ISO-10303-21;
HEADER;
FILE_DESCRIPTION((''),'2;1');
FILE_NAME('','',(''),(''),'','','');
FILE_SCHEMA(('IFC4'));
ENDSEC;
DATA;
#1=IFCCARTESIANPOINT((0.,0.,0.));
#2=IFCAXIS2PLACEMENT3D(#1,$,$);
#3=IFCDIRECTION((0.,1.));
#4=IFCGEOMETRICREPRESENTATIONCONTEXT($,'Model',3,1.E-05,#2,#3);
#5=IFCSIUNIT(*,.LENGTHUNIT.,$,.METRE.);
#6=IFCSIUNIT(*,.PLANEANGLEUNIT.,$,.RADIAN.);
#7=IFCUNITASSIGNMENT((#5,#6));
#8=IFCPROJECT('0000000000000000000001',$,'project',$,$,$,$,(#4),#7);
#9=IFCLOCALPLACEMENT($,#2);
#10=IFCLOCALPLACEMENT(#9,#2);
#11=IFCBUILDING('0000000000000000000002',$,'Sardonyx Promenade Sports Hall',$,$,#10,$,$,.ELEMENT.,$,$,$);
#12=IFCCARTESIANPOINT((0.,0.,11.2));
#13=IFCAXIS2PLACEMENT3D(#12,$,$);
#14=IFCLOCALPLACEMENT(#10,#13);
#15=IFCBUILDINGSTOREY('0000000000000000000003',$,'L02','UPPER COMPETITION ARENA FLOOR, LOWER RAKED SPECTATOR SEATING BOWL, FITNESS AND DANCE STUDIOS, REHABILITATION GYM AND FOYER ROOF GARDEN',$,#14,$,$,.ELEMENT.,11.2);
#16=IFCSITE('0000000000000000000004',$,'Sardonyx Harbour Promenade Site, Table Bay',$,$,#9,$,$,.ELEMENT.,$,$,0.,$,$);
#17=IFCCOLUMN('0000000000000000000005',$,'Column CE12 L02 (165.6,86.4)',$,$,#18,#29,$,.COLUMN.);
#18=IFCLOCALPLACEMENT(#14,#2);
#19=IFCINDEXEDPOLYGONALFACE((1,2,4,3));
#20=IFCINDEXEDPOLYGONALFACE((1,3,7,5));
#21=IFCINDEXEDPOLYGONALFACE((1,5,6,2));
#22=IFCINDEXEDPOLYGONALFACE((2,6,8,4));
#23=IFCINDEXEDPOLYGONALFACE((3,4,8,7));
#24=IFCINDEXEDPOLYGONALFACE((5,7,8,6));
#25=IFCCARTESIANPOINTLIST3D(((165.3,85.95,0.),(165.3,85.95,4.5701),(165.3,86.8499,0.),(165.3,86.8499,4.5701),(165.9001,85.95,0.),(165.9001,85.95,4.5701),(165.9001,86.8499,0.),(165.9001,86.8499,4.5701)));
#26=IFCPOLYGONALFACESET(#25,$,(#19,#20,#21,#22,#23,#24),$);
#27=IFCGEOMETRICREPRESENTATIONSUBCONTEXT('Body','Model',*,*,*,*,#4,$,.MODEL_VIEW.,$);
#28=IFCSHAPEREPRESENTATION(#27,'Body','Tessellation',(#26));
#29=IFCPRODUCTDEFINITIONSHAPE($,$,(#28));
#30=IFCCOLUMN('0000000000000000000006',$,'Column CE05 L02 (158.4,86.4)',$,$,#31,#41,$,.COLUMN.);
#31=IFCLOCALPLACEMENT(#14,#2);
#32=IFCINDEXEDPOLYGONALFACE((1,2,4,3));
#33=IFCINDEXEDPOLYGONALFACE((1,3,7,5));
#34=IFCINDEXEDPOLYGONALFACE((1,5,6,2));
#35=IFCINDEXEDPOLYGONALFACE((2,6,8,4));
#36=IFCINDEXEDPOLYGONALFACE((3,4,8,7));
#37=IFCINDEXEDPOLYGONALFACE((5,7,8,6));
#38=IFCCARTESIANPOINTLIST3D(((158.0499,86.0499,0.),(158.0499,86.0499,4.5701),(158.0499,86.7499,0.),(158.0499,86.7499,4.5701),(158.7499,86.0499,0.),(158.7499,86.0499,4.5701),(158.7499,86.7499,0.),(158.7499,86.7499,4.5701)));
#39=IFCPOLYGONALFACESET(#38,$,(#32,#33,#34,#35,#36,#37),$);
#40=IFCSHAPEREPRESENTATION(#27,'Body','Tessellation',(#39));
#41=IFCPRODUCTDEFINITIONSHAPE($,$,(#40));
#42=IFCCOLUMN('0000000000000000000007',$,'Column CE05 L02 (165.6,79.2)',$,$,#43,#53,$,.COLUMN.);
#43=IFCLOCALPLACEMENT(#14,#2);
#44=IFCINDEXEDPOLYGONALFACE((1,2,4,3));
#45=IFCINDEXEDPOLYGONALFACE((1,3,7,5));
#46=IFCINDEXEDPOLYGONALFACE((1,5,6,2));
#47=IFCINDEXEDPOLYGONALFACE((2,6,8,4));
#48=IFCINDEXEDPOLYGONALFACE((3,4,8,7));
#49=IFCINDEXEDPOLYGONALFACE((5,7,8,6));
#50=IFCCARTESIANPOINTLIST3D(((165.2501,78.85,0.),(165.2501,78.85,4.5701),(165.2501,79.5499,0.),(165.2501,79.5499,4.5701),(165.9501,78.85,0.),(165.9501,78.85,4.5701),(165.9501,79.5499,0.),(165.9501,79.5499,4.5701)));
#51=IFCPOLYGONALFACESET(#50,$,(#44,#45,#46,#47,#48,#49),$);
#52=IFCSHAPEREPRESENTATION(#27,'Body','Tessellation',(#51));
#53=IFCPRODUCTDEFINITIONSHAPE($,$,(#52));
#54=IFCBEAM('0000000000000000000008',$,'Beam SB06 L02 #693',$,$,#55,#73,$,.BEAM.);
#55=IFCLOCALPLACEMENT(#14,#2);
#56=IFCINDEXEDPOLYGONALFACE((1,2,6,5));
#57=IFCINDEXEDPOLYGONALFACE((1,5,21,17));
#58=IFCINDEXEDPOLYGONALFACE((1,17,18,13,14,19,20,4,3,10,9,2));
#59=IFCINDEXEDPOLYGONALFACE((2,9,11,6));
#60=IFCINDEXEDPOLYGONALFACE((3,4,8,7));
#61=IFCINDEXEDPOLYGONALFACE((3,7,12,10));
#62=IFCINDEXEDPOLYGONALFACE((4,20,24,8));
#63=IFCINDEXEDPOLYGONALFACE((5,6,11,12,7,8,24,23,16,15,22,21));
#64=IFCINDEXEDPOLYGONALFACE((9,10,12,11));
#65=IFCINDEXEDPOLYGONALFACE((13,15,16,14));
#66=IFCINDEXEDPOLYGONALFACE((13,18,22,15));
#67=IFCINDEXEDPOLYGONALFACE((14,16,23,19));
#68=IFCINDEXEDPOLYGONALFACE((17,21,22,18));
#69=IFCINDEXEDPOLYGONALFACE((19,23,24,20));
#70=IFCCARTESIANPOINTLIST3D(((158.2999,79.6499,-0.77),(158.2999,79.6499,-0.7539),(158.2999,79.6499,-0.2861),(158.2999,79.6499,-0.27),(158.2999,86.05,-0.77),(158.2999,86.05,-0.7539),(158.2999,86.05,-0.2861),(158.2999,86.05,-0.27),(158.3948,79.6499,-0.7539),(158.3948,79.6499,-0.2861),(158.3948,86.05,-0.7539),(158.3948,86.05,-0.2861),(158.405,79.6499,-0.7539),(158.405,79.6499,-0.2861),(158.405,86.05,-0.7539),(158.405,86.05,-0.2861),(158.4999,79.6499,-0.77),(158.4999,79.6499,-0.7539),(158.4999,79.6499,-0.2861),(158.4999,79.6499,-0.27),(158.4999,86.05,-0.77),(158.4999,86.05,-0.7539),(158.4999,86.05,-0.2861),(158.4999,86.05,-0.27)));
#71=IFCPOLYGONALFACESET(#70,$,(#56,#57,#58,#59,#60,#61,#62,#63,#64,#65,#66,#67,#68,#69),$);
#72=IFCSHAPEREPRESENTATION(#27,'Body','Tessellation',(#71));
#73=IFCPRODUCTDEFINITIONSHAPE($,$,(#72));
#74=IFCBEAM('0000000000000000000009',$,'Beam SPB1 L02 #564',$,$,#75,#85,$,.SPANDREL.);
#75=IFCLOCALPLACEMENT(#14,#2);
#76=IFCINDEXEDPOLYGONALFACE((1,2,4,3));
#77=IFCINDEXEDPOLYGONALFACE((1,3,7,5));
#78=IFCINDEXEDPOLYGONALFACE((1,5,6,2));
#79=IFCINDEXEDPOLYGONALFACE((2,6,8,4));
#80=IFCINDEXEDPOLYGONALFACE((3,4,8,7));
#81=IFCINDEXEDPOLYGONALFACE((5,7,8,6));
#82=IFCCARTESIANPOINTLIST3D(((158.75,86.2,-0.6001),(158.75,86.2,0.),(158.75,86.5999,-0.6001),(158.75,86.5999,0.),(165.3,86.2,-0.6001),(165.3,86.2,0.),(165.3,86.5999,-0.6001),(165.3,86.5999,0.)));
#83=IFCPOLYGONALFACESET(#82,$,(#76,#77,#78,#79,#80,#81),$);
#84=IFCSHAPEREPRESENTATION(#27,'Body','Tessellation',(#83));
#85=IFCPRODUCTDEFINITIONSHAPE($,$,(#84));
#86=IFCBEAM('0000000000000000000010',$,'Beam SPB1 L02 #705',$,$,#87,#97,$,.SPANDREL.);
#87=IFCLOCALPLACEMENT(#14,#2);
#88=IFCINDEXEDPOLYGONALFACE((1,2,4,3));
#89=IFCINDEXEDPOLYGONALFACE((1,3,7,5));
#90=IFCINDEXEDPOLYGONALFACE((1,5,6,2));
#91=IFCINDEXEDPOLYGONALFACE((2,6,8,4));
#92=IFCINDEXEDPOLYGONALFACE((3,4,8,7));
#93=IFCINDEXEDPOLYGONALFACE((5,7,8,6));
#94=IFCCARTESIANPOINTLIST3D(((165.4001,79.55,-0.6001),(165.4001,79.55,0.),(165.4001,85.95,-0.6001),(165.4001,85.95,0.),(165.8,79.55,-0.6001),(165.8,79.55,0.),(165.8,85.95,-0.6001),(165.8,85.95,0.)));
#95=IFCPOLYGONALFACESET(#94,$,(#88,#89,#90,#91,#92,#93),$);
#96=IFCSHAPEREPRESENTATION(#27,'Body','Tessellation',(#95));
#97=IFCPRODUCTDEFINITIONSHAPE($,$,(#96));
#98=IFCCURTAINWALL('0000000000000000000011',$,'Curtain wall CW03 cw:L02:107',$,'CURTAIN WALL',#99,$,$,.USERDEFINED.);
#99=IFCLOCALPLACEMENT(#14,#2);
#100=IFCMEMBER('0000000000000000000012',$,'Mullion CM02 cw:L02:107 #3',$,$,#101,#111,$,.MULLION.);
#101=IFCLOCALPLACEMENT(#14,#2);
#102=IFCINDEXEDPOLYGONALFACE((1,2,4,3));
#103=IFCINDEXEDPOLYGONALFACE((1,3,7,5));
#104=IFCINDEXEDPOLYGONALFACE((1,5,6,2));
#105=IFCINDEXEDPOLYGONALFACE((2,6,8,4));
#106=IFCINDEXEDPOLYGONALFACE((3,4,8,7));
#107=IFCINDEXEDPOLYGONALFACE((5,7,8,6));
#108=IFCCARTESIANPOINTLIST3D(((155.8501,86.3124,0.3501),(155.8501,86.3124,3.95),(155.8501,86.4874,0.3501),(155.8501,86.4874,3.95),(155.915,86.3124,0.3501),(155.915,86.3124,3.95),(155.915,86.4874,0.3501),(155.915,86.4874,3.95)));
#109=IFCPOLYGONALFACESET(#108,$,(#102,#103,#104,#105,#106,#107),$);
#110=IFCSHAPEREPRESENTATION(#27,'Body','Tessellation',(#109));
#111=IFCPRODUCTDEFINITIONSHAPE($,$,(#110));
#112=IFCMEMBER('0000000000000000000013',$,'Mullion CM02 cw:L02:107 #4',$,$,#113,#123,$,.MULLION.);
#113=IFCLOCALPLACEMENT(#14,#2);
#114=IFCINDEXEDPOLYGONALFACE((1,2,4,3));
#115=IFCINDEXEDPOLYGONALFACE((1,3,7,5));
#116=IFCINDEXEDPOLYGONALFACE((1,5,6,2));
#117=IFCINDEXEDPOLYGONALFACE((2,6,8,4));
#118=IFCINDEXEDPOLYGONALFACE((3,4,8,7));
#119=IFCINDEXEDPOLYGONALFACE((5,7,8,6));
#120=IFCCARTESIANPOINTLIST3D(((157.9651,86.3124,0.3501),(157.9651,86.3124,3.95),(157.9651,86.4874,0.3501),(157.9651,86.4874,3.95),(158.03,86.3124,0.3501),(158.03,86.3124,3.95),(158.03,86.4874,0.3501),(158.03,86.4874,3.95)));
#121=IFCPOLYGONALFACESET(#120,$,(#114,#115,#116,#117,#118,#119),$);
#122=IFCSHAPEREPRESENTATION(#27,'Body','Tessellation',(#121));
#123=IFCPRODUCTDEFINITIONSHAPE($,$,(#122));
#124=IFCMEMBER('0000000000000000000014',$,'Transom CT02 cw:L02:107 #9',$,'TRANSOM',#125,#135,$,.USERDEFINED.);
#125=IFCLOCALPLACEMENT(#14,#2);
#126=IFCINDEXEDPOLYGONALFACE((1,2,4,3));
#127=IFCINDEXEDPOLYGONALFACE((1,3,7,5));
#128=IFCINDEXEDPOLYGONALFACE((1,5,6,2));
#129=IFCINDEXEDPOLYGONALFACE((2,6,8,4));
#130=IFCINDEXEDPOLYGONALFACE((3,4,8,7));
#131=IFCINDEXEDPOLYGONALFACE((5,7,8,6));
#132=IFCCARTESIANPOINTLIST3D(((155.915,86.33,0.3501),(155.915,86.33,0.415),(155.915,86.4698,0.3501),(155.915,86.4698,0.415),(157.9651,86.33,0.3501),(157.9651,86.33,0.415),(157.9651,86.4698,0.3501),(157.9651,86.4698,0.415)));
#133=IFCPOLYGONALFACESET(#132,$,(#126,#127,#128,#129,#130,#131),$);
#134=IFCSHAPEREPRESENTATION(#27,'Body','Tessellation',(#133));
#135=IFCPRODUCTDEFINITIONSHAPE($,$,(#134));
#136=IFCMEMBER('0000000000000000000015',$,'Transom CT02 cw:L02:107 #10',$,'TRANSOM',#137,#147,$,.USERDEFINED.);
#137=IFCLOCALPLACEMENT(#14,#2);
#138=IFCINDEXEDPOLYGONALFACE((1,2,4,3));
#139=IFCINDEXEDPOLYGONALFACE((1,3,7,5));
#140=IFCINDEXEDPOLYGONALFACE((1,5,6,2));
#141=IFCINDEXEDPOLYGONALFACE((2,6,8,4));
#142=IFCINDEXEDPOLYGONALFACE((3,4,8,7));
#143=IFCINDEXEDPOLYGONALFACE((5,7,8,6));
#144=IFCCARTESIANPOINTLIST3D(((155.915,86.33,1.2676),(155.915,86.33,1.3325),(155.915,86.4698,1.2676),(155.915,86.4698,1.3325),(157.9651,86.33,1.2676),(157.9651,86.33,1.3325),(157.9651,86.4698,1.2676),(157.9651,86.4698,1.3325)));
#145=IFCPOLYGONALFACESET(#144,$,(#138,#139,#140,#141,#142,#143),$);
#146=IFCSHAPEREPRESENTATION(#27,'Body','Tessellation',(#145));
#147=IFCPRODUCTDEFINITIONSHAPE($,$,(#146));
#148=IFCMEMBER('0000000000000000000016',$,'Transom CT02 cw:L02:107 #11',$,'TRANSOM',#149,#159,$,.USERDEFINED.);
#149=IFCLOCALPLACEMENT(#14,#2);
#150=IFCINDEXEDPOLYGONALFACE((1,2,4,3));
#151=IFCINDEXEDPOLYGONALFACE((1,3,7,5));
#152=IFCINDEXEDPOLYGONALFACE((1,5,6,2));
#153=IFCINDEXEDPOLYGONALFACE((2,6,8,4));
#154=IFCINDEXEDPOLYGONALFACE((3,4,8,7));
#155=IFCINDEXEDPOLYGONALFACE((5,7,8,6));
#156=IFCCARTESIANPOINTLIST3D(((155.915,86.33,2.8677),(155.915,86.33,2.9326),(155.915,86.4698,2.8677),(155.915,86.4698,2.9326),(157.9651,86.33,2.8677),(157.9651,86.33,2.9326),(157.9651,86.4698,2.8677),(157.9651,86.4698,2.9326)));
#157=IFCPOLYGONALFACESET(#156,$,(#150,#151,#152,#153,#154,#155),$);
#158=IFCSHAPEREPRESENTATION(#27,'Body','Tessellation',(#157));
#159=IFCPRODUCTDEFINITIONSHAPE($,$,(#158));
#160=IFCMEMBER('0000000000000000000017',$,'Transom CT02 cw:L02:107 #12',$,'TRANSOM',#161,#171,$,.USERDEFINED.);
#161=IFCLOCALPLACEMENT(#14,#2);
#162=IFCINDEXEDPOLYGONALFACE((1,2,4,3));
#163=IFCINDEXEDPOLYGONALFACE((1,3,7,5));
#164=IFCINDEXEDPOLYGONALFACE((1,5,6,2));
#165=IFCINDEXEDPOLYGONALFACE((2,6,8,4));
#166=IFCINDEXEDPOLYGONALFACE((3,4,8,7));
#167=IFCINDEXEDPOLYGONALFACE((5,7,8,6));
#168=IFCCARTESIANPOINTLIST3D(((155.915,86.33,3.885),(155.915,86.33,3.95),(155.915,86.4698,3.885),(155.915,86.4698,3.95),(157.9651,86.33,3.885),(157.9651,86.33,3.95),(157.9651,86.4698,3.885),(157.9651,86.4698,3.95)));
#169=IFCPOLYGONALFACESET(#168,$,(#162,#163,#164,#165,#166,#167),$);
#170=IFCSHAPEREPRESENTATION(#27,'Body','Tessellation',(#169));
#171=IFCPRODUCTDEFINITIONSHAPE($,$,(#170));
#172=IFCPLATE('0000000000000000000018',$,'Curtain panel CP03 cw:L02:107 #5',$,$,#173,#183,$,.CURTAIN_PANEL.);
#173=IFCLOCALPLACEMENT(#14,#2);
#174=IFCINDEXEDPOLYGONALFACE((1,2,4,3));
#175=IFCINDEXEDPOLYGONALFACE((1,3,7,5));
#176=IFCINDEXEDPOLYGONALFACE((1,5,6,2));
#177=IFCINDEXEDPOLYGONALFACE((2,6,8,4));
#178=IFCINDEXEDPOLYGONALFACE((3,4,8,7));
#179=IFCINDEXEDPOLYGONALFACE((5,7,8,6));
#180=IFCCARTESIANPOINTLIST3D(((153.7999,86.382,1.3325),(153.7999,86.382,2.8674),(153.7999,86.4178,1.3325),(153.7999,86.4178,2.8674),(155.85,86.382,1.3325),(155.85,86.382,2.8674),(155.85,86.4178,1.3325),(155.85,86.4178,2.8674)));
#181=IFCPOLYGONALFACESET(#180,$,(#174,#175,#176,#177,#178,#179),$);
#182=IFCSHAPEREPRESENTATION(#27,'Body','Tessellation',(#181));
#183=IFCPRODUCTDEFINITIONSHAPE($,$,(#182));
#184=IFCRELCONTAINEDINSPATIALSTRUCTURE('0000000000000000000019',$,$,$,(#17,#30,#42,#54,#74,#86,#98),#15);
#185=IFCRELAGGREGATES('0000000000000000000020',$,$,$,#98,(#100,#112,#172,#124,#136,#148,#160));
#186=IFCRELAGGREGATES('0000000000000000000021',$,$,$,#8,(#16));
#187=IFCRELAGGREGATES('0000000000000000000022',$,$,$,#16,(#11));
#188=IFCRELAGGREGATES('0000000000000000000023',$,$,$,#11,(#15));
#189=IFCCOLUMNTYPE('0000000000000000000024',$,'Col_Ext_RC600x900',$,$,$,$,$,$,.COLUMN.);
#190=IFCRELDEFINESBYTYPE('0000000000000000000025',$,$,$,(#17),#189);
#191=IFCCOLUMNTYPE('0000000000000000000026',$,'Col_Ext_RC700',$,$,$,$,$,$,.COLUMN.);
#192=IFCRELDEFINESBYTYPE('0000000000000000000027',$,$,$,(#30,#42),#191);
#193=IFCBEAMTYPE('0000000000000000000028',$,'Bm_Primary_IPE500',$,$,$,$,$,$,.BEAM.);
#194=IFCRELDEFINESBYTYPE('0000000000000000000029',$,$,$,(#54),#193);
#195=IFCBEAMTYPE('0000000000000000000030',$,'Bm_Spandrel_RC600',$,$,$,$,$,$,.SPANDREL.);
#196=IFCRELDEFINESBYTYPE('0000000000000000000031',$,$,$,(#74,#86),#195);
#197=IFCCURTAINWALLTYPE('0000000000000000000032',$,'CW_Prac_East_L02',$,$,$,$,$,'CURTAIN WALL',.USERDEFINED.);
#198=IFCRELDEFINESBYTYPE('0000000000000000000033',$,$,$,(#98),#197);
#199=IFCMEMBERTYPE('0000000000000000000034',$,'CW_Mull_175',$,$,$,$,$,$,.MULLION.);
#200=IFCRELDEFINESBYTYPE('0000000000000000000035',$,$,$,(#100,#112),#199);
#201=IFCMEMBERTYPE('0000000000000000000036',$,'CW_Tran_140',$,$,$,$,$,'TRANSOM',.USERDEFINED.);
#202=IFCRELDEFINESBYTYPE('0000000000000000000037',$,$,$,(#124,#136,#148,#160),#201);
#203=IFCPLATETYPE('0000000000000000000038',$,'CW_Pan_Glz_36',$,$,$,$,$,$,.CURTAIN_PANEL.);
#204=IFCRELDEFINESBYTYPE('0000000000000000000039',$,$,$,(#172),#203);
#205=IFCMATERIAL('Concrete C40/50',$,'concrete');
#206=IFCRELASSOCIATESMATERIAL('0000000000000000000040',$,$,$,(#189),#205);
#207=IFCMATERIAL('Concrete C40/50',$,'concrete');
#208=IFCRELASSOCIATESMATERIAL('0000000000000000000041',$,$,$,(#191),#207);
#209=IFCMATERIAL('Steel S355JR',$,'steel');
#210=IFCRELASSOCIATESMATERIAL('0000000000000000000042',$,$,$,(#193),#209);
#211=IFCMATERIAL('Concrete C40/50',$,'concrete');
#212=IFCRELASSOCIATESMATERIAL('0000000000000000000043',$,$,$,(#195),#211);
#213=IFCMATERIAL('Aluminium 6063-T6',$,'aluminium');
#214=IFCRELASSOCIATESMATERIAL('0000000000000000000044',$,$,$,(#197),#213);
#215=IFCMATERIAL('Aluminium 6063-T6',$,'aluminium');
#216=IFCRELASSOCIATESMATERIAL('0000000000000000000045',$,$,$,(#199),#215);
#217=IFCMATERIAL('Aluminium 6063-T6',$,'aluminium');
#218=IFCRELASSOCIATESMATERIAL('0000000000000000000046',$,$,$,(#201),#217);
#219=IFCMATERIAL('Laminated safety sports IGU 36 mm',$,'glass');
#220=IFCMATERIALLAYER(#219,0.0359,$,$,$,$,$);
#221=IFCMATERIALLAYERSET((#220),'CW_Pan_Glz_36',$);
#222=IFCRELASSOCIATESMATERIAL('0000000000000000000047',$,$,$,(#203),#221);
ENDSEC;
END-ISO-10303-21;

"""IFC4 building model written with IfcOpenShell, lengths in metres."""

from ifc_helpers import new_model, si_unit, direction, frame, origin, origin_2d, place, context, subcontext, project, spatial, rectangle, i_section, extrude, material, layer, layer_set, material_profile, profile_set, type_object, element, aggregate, save


model = new_model("IFC4")

# Units and contexts
model_context = context("Model", 3, precision=1e-05, world=origin(), true_north=direction((0.0, 1.0)))
body_context = subcontext(model_context, "Body", "Model", "MODEL_VIEW")
ifc_project = project(units=[si_unit("LENGTHUNIT", "METRE"), si_unit("PLANEANGLEUNIT", "RADIAN")], contexts=[model_context])

# Site, building, storey
site_placement = place(None, origin())
site = spatial("IfcSite", under=ifc_project, at=site_placement, Name="Sardonyx Harbour Promenade Site, Table Bay", CompositionType="ELEMENT", RefElevation=0.0)
building_placement = place(site_placement, origin())
building = spatial("IfcBuilding", under=site, at=building_placement, Name="Sardonyx Promenade Sports Hall", CompositionType="ELEMENT")
storey_placement = place(building_placement, frame((0.0, 0.0, 11.2)))
storey = spatial("IfcBuildingStorey", under=building, at=storey_placement, Name="L02", Description="UPPER COMPETITION ARENA FLOOR, LOWER RAKED SPECTATOR SEATING BOWL, FITNESS AND DANCE STUDIOS, REHABILITATION GYM AND FOYER ROOF GARDEN", CompositionType="ELEMENT", Elevation=11.2)

# Columns
ifc_material_1 = material(Name="Concrete C40/50", Category="concrete")
ifc_material_profile_1 = material_profile(ifc_material_1, rectangle(XDim=0.6001, YDim=0.8999, at=origin_2d()))
ifc_profile_set_1 = profile_set([ifc_material_profile_1], Name="Concrete C40/50")
column_type_1 = type_object("IfcColumnType", Name="Col_Ext_RC600x900", PredefinedType="COLUMN", material=ifc_profile_set_1)
column_placement = place(storey_placement, frame((165.6001, 86.3999, 0.0), z_axis=(0.0, 0.0, 1.0), x_axis=(1.0, 0.0, 0.0)))
element("IfcColumn", 1, at=column_placement, inside=storey, type_object=column_type_1, Name="Column CE12 L02 (165.6,86.4)", PredefinedType="COLUMN", context=body_context, shape_type="SweptSolid", body=[
    extrude(rectangle(XDim=0.6001, YDim=0.8999, at=origin_2d()), origin(), (0.0, 0.0, 1.0), 4.5701),
])
ifc_material_2 = material(Name="Concrete C40/50", Category="concrete")
ifc_material_profile_2 = material_profile(ifc_material_2, rectangle(XDim=0.7, YDim=0.7, at=origin_2d()))
ifc_profile_set_2 = profile_set([ifc_material_profile_2], Name="Concrete C40/50")
column_type_2 = type_object("IfcColumnType", Name="Col_Ext_RC700", PredefinedType="COLUMN", material=ifc_profile_set_2)
for number, where, z_axis, x_axis, name in (
    (2, (158.3999, 86.3999, 0.0), (0.0, 0.0, 1.0), (1.0, 0.0, 0.0), "Column CE05 L02 (158.4,86.4)"),
    (3, (165.6001, 79.2, 0.0), (0.0, 0.0, 1.0), (1.0, 0.0, 0.0), "Column CE05 L02 (165.6,79.2)"),
):
    element("IfcColumn", number, at=place(storey_placement, frame(where, z_axis=z_axis, x_axis=x_axis)), inside=storey, type_object=column_type_2, Name=name, PredefinedType="COLUMN", context=body_context, shape_type="SweptSolid", body=[
        extrude(rectangle(XDim=0.7, YDim=0.7, at=origin_2d()), origin(), (0.0, 0.0, 1.0), 4.5701),
    ])

# Beams
ifc_material_3 = material(Name="Steel S355JR", Category="steel")
ifc_material_profile_3 = material_profile(ifc_material_3, i_section(OverallWidth=0.2, OverallDepth=0.5, WebThickness=0.0103, FlangeThickness=0.0161, at=origin_2d()))
ifc_profile_set_3 = profile_set([ifc_material_profile_3], Name="Steel S355JR")
beam_type_1 = type_object("IfcBeamType", Name="Bm_Primary_IPE500", PredefinedType="BEAM", material=ifc_profile_set_3)
beam_1_placement = place(storey_placement, frame((158.3999, 79.6499, -0.52), z_axis=(0.0, 1.0, 0.0), x_axis=(-1.0, 0.0, 0.0)))
element("IfcBeam", 4, at=beam_1_placement, inside=storey, type_object=beam_type_1, Name="Beam SB06 L02 #693", PredefinedType="BEAM", context=body_context, shape_type="SweptSolid", body=[
    extrude(i_section(OverallWidth=0.2, OverallDepth=0.5, WebThickness=0.0103, FlangeThickness=0.0161, at=origin_2d()), origin(), (0.0, 0.0, 1.0), 6.4001),
])
ifc_material_4 = material(Name="Concrete C40/50", Category="concrete")
ifc_material_profile_4 = material_profile(ifc_material_4, rectangle(XDim=0.3999, YDim=0.6001, at=origin_2d()))
ifc_profile_set_4 = profile_set([ifc_material_profile_4], Name="Concrete C40/50")
beam_type_2 = type_object("IfcBeamType", Name="Bm_Spandrel_RC600", PredefinedType="SPANDREL", material=ifc_profile_set_4)
beam_2_placement = place(storey_placement, frame((158.75, 86.3999, -0.3), z_axis=(1.0, 0.0, 0.0), x_axis=(0.0, 1.0, 0.0)))
element("IfcBeam", 5, at=beam_2_placement, inside=storey, type_object=beam_type_2, Name="Beam SPB1 L02 #564", PredefinedType="SPANDREL", context=body_context, shape_type="SweptSolid", body=[
    extrude(rectangle(XDim=0.3999, YDim=0.6001, at=origin_2d()), origin(), (0.0, 0.0, 1.0), 6.55),
])
beam_3_placement = place(storey_placement, frame((165.6001, 79.55, -0.3), z_axis=(0.0, 1.0, 0.0), x_axis=(-1.0, 0.0, 0.0)))
element("IfcBeam", 6, at=beam_3_placement, inside=storey, type_object=beam_type_2, Name="Beam SPB1 L02 #705", PredefinedType="SPANDREL", context=body_context, shape_type="SweptSolid", body=[
    extrude(rectangle(XDim=0.3999, YDim=0.6001, at=origin_2d()), origin(), (0.0, 0.0, 1.0), 6.3999),
])

# Curtain wall, members, plate
ifc_material_5 = material(Name="Aluminium 6063-T6", Category="aluminium")
curtain_wall_type = type_object("IfcCurtainWallType", Name="CW_Prac_East_L02", ElementType="CURTAIN WALL", PredefinedType="USERDEFINED", material=ifc_material_5)
curtain_wall_placement = place(storey_placement, origin())
curtain_wall = element("IfcCurtainWall", 7, at=curtain_wall_placement, inside=storey, type_object=curtain_wall_type, Name="Curtain wall CW03 cw:L02:107", ObjectType="CURTAIN WALL", PredefinedType="USERDEFINED")
ifc_material_6 = material(Name="Aluminium 6063-T6", Category="aluminium")
ifc_material_profile_5 = material_profile(ifc_material_6, rectangle(XDim=0.0649, YDim=0.175, at=origin_2d()))
ifc_profile_set_5 = profile_set([ifc_material_profile_5], Name="Aluminium 6063-T6")
member_type_1 = type_object("IfcMemberType", Name="CW_Mull_175", PredefinedType="MULLION", material=ifc_profile_set_5)
member_1_placement = place(storey_placement, frame((155.8826, 86.3999, 0.3501), z_axis=(0.0, 0.0, 1.0), x_axis=(1.0, 0.0, 0.0)))
member_1 = element("IfcMember", 8, at=member_1_placement, type_object=member_type_1, Name="Mullion CM02 cw:L02:107 #3", PredefinedType="MULLION", context=body_context, shape_type="SweptSolid", body=[
    extrude(rectangle(XDim=0.0649, YDim=0.175, at=origin_2d()), origin(), (0.0, 0.0, 1.0), 3.5999),
])
member_2_placement = place(storey_placement, frame((157.9976, 86.3999, 0.3501), z_axis=(0.0, 0.0, 1.0), x_axis=(1.0, 0.0, 0.0)))
member_2 = element("IfcMember", 9, at=member_2_placement, type_object=member_type_1, Name="Mullion CM02 cw:L02:107 #4", PredefinedType="MULLION", context=body_context, shape_type="SweptSolid", body=[
    extrude(rectangle(XDim=0.0649, YDim=0.175, at=origin_2d()), origin(), (0.0, 0.0, 1.0), 3.5999),
])
ifc_material_7 = material(Name="Aluminium 6063-T6", Category="aluminium")
ifc_material_profile_6 = material_profile(ifc_material_7, rectangle(XDim=0.0649, YDim=0.1399, at=origin_2d()))
ifc_profile_set_6 = profile_set([ifc_material_profile_6], Name="Aluminium 6063-T6")
member_type_2 = type_object("IfcMemberType", Name="CW_Tran_140", ElementType="TRANSOM", PredefinedType="USERDEFINED", material=ifc_profile_set_6)
member_3_placement = place(storey_placement, frame((155.915, 86.3999, 0.3826), z_axis=(1.0, 0.0, 0.0), x_axis=(0.0, 0.0, 1.0)))
member_3 = element("IfcMember", 10, at=member_3_placement, type_object=member_type_2, Name="Transom CT02 cw:L02:107 #9", ObjectType="TRANSOM", PredefinedType="USERDEFINED", context=body_context, shape_type="SweptSolid", body=[
    extrude(rectangle(XDim=0.0649, YDim=0.1399, at=origin_2d()), origin(), (0.0, 0.0, 1.0), 2.05),
])
member_4_placement = place(storey_placement, frame((155.915, 86.3999, 1.3), z_axis=(1.0, 0.0, 0.0), x_axis=(0.0, 0.0, 1.0)))
member_4 = element("IfcMember", 11, at=member_4_placement, type_object=member_type_2, Name="Transom CT02 cw:L02:107 #10", ObjectType="TRANSOM", PredefinedType="USERDEFINED", context=body_context, shape_type="SweptSolid", body=[
    extrude(rectangle(XDim=0.0649, YDim=0.1399, at=origin_2d()), origin(), (0.0, 0.0, 1.0), 2.05),
])
member_5_placement = place(storey_placement, frame((155.915, 86.3999, 2.9001), z_axis=(1.0, 0.0, 0.0), x_axis=(0.0, 0.0, 1.0)))
member_5 = element("IfcMember", 12, at=member_5_placement, type_object=member_type_2, Name="Transom CT02 cw:L02:107 #11", ObjectType="TRANSOM", PredefinedType="USERDEFINED", context=body_context, shape_type="SweptSolid", body=[
    extrude(rectangle(XDim=0.0649, YDim=0.1399, at=origin_2d()), origin(), (0.0, 0.0, 1.0), 2.05),
])
member_6_placement = place(storey_placement, frame((155.915, 86.3999, 3.9175), z_axis=(1.0, 0.0, 0.0), x_axis=(0.0, 0.0, 1.0)))
member_6 = element("IfcMember", 13, at=member_6_placement, type_object=member_type_2, Name="Transom CT02 cw:L02:107 #12", ObjectType="TRANSOM", PredefinedType="USERDEFINED", context=body_context, shape_type="SweptSolid", body=[
    extrude(rectangle(XDim=0.0649, YDim=0.1399, at=origin_2d()), origin(), (0.0, 0.0, 1.0), 2.05),
])
ifc_material_8 = material(Name="Laminated safety sports IGU 36 mm", Category="glass")
ifc_layer_1 = layer(ifc_material_8, 0.0359)
ifc_layer_set_1 = layer_set([ifc_layer_1], Name="CW_Pan_Glz_36")
plate_type = type_object("IfcPlateType", Name="CW_Pan_Glz_36", PredefinedType="CURTAIN_PANEL", material=ifc_layer_set_1)
plate_1_placement = place(storey_placement, frame((154.825, 86.3999, 1.3325), z_axis=(0.0, 0.0, 1.0), x_axis=(1.0, 0.0, 0.0)))
plate_1 = element("IfcPlate", 14, at=plate_1_placement, type_object=plate_type, Name="Curtain panel CP03 cw:L02:107 #5", PredefinedType="CURTAIN_PANEL", context=body_context, shape_type="SweptSolid", body=[
    extrude(rectangle(XDim=2.05, YDim=0.0359, at=origin_2d()), origin(), (0.0, 0.0, 1.0), 1.5349),
])
aggregate(curtain_wall, [member_1, member_2, plate_1, member_3, member_4, member_5, member_6])

save(model, "model.ifc")
